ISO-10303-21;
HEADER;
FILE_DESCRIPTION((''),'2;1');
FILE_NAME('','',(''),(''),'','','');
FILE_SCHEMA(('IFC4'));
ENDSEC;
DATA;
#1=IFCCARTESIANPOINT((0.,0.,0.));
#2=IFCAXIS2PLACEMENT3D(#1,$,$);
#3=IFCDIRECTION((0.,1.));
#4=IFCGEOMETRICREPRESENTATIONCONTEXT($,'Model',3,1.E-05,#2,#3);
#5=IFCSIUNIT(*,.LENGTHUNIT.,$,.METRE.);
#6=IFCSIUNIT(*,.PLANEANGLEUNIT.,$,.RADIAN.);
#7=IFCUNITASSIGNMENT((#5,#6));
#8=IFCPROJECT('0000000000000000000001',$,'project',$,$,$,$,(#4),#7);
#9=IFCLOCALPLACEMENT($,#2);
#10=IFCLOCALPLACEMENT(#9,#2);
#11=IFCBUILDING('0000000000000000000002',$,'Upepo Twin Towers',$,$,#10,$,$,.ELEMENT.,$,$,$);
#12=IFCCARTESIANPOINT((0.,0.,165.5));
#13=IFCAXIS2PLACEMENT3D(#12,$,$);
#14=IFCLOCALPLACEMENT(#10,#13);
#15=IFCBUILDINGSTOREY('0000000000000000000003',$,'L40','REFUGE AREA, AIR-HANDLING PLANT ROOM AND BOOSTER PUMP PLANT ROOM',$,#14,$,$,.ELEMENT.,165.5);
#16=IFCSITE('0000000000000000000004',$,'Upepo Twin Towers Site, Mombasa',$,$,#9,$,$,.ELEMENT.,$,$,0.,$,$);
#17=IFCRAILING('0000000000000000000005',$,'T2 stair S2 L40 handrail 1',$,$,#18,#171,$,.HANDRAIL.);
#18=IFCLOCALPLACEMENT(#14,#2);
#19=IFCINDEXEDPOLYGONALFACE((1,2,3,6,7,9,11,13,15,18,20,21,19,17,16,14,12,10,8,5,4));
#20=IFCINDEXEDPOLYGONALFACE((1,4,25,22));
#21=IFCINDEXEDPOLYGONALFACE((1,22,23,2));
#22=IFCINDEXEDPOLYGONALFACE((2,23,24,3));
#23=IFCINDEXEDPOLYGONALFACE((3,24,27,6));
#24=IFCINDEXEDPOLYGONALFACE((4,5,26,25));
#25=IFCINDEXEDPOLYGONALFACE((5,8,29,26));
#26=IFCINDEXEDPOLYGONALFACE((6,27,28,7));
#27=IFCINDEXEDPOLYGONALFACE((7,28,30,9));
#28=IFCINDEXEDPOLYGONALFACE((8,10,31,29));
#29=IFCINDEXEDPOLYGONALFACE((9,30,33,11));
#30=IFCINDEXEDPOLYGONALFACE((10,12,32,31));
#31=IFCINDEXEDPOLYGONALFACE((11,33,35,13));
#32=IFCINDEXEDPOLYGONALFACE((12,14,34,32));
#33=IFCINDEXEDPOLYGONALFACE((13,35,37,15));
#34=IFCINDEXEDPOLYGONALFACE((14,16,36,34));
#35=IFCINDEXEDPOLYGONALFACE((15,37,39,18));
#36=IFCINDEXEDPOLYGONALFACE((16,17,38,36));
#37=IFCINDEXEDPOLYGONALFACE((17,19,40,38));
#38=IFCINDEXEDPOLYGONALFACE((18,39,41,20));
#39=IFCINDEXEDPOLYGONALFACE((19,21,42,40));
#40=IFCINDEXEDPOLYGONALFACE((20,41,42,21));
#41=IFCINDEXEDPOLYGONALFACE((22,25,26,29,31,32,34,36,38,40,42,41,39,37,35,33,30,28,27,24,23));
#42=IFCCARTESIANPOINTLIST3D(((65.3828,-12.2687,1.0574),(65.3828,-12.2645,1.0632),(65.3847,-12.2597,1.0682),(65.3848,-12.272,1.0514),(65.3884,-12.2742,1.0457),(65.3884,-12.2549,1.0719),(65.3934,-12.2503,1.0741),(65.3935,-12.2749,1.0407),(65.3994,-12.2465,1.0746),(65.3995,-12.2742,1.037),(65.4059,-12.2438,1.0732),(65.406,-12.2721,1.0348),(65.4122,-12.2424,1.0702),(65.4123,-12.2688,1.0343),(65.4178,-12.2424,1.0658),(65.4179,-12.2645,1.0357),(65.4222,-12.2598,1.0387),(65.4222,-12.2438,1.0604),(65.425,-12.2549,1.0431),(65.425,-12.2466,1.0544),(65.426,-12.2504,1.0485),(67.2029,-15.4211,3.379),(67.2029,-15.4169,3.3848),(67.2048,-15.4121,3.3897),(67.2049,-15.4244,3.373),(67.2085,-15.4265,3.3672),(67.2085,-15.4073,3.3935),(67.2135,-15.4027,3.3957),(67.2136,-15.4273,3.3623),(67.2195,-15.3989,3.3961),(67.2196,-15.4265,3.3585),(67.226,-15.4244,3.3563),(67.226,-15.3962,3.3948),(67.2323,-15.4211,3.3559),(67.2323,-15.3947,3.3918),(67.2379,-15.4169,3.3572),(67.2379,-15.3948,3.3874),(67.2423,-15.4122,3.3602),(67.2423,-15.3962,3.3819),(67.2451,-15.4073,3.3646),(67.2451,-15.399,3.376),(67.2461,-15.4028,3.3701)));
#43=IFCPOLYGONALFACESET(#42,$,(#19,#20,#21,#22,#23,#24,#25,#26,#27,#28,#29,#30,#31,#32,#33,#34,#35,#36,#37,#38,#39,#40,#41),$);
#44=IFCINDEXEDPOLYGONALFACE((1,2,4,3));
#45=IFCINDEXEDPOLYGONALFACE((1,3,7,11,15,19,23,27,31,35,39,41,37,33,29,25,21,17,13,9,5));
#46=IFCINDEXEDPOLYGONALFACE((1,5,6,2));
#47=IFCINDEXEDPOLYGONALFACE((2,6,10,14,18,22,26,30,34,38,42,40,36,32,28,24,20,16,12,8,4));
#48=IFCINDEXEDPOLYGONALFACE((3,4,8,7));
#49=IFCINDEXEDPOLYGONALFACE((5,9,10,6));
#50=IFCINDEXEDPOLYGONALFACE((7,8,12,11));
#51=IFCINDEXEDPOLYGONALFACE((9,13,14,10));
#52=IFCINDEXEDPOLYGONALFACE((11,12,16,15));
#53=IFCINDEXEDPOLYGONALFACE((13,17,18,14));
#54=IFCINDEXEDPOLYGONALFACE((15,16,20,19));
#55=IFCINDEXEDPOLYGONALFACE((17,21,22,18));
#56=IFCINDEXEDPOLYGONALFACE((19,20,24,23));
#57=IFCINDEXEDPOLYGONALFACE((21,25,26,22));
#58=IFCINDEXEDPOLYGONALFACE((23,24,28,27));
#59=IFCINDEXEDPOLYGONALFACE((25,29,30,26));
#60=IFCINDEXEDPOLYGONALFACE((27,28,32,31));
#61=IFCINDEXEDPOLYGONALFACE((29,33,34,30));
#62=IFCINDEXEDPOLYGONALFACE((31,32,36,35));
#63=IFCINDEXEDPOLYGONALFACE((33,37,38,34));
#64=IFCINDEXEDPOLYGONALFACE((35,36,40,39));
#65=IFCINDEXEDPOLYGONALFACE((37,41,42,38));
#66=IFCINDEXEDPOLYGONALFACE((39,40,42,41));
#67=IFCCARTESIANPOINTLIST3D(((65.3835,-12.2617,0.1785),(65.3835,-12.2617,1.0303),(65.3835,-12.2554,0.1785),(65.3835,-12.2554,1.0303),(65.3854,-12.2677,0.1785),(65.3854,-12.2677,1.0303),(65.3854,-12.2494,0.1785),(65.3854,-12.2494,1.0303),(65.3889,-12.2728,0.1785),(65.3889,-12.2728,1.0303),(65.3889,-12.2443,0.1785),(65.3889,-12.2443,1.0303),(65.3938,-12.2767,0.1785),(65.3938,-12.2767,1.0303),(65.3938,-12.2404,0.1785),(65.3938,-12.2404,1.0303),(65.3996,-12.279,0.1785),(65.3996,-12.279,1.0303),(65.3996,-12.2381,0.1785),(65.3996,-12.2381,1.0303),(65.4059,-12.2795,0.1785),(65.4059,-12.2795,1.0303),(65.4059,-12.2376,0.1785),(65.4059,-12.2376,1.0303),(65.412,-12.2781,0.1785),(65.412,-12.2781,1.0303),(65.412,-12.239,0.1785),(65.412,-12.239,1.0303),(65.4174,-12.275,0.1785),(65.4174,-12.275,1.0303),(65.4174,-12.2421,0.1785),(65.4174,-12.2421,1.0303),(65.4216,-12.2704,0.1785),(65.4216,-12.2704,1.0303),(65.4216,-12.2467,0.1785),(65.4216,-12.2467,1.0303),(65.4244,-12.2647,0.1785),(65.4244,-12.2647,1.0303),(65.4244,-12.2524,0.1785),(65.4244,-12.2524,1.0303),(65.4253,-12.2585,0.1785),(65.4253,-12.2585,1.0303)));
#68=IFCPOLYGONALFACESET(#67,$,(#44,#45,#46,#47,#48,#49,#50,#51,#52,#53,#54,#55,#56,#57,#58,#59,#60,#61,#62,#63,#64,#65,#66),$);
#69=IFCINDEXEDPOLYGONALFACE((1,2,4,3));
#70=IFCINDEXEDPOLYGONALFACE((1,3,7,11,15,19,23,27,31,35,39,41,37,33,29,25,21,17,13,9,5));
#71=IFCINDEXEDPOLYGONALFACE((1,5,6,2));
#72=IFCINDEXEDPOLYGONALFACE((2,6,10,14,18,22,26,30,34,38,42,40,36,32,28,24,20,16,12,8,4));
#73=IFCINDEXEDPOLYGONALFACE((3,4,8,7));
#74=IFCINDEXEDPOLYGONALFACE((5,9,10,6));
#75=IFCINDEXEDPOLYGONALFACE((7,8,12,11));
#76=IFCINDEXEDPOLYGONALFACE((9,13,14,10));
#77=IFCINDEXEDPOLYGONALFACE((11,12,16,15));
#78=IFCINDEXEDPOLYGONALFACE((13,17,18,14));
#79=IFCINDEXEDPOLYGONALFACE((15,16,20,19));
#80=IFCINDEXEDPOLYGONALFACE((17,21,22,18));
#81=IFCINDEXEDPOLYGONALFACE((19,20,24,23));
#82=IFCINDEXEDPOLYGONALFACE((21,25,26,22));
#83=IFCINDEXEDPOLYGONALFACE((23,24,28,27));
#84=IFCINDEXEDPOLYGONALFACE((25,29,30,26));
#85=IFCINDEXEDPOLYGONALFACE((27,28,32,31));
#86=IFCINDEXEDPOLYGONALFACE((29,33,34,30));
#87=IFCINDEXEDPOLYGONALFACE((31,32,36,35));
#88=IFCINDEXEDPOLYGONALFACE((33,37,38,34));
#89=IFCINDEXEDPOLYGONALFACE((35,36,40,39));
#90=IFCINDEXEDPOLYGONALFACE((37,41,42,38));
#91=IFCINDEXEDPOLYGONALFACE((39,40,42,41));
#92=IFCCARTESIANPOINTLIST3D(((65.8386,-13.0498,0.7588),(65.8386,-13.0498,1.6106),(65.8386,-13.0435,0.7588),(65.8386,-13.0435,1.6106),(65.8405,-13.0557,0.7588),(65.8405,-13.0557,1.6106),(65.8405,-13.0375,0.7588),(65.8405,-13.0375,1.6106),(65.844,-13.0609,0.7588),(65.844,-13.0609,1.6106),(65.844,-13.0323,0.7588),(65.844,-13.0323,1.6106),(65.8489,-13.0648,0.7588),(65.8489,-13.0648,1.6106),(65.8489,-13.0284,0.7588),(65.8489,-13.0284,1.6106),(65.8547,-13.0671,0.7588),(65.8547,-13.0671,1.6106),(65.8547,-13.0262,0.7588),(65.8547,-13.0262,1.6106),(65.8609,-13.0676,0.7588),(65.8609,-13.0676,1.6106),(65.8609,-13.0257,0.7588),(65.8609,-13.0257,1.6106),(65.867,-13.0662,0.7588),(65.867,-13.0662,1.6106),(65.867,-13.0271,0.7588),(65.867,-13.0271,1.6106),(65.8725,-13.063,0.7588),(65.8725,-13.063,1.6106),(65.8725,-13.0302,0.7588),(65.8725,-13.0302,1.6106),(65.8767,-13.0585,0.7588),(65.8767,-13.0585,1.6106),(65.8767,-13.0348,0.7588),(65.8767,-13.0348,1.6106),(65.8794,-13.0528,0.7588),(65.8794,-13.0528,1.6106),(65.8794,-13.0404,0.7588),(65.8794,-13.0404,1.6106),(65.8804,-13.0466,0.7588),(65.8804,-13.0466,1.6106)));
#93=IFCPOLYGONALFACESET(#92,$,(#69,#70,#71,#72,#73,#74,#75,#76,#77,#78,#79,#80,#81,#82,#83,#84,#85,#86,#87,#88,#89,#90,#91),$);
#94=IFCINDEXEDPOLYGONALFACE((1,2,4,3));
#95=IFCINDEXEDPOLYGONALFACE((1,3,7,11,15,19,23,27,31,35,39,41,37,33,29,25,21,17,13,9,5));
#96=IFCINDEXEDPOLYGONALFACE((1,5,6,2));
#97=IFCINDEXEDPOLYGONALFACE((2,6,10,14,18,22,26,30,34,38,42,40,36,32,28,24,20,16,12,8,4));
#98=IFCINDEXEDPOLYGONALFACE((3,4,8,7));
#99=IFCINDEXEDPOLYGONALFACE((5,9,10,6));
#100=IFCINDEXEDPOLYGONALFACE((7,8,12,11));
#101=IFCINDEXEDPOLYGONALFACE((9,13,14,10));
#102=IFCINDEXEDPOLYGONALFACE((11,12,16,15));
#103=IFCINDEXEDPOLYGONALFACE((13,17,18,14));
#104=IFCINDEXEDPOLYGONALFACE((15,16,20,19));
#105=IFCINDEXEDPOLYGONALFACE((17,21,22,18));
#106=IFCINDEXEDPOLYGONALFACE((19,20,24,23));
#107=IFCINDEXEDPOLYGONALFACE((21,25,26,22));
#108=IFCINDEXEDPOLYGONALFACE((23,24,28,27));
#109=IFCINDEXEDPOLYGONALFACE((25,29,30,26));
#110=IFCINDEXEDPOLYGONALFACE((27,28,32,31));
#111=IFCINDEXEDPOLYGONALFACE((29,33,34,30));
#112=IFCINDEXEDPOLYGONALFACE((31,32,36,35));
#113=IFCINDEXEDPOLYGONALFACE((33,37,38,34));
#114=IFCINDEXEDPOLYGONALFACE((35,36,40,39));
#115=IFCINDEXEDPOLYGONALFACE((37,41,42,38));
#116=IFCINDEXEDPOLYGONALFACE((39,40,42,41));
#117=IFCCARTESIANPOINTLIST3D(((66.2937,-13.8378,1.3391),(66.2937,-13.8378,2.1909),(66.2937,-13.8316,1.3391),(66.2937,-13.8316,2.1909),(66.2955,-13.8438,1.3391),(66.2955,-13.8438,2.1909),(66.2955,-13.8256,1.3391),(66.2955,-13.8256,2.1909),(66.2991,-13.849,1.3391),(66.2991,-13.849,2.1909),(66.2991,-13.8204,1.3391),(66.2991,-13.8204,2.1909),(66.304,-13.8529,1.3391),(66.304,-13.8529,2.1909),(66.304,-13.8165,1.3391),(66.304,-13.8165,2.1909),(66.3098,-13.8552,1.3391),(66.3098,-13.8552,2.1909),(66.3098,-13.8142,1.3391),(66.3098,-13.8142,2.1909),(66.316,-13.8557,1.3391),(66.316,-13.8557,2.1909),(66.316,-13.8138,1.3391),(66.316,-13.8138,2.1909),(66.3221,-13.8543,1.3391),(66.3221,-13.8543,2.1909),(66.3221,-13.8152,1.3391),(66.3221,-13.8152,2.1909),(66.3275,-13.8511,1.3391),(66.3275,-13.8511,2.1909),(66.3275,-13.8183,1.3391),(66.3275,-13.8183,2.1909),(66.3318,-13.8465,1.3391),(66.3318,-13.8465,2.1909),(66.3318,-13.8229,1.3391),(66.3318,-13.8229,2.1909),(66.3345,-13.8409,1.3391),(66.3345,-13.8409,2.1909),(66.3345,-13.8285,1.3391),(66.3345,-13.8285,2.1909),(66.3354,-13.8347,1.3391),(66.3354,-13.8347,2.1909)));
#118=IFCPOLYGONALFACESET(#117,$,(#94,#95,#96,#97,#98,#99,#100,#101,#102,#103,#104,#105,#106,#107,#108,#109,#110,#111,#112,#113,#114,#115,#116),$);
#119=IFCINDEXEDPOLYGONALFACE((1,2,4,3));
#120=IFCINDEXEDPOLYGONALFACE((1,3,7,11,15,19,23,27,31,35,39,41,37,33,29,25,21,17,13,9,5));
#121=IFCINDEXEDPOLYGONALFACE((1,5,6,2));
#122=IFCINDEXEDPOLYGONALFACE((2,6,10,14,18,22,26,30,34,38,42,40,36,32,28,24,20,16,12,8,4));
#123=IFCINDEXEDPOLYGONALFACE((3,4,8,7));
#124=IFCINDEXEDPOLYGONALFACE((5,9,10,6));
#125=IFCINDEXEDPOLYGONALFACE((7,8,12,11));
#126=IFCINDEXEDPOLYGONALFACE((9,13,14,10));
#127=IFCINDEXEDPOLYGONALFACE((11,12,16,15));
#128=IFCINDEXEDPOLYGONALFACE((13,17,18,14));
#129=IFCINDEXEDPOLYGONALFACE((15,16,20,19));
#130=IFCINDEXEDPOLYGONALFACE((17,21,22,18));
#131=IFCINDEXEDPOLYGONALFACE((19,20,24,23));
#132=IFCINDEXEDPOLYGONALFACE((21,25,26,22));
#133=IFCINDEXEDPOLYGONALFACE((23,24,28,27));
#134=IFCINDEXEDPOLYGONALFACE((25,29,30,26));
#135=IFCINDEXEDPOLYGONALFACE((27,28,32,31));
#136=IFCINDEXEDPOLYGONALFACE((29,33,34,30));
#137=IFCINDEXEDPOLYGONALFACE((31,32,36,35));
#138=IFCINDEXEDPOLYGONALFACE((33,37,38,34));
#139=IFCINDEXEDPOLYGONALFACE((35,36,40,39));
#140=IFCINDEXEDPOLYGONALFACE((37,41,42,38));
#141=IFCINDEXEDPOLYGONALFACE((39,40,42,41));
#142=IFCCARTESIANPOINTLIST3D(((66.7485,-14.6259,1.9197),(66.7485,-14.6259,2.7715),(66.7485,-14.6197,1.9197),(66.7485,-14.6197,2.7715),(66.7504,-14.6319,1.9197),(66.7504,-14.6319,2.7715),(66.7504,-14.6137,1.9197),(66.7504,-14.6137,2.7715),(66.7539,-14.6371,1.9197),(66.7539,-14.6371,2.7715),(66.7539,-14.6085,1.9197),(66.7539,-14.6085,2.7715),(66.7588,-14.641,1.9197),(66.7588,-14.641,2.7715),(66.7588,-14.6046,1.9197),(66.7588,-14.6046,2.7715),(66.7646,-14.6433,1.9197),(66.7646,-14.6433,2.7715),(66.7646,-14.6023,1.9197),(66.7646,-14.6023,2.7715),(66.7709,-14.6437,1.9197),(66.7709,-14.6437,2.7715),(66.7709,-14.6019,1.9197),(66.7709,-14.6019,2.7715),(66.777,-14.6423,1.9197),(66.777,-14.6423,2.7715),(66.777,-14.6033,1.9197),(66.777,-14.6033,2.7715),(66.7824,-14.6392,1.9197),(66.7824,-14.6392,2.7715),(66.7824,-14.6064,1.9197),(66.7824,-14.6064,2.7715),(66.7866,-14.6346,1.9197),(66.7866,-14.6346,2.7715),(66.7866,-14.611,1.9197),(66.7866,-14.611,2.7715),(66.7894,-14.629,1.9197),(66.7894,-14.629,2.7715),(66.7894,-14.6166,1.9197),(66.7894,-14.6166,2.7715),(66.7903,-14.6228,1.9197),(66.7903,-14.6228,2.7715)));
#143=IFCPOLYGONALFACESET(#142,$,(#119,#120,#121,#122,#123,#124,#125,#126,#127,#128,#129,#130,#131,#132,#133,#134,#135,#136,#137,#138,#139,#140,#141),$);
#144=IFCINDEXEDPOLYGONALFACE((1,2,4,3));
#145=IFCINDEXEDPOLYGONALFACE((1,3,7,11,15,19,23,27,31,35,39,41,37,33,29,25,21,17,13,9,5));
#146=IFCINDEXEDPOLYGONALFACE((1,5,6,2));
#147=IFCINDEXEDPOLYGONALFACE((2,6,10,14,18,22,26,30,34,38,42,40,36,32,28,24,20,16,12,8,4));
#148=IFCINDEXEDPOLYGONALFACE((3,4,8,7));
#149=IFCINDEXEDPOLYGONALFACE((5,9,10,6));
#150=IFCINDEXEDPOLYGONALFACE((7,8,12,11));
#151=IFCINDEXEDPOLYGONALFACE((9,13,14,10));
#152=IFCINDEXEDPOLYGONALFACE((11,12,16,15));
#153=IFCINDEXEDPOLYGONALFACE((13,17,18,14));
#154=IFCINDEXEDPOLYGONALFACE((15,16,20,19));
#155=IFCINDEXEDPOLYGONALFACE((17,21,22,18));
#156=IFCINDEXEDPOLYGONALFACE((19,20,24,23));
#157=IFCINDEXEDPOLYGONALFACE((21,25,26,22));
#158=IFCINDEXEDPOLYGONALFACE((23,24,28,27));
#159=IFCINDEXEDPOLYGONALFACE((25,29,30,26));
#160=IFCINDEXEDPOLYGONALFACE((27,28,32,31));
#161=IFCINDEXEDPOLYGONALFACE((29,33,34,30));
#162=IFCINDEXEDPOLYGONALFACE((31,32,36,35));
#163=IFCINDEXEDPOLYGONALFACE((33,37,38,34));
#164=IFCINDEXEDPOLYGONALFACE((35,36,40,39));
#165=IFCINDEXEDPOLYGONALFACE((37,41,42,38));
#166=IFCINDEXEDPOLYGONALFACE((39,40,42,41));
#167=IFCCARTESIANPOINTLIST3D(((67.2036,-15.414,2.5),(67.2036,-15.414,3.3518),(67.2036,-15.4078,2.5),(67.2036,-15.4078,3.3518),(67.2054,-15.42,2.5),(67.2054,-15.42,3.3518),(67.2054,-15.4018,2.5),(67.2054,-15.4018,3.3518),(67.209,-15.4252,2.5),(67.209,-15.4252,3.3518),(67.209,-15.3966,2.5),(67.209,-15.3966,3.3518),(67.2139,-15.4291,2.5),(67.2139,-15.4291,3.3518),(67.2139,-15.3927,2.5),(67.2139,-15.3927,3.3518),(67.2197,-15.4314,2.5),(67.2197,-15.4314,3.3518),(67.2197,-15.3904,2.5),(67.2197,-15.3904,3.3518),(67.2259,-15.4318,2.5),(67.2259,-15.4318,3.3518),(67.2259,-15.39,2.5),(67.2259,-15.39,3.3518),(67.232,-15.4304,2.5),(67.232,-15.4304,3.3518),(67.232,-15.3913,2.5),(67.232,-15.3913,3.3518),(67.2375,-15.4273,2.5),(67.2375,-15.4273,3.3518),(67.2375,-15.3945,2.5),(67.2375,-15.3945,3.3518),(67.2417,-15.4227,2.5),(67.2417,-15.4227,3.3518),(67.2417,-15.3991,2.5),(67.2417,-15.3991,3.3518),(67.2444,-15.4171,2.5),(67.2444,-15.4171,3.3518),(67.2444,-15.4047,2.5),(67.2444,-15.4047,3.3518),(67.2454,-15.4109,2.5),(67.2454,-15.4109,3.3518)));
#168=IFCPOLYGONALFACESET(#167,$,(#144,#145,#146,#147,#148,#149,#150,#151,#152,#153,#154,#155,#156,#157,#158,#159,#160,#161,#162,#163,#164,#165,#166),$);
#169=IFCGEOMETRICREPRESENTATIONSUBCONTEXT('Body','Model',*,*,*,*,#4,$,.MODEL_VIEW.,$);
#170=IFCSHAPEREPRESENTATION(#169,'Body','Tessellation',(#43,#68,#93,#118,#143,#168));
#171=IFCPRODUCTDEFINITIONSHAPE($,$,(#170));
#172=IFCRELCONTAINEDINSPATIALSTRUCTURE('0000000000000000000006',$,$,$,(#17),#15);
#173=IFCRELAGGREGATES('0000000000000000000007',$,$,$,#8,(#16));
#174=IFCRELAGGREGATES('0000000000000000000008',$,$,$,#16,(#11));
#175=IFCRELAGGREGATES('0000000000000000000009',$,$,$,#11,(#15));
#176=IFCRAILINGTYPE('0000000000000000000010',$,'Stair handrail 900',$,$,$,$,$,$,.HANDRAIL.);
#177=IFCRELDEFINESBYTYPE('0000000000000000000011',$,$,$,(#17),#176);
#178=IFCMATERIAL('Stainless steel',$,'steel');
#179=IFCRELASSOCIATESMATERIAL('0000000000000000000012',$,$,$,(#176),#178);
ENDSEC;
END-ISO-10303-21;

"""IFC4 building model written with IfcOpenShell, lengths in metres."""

from ifc_helpers import new_model, si_unit, direction, frame, origin, origin_2d, place, context, subcontext, project, spatial, circle, extrude, material, type_object, element, save


model = new_model("IFC4")

# Units and contexts
model_context = context("Model", 3, precision=1e-05, world=origin(), true_north=direction((0.0, 1.0)))
body_context = subcontext(model_context, "Body", "Model", "MODEL_VIEW")
ifc_project = project(units=[si_unit("LENGTHUNIT", "METRE"), si_unit("PLANEANGLEUNIT", "RADIAN")], contexts=[model_context])

# Site, building, storey
site_placement = place(None, origin())
site = spatial("IfcSite", under=ifc_project, at=site_placement, Name="Upepo Twin Towers Site, Mombasa", CompositionType="ELEMENT", RefElevation=0.0)
building_placement = place(site_placement, origin())
building = spatial("IfcBuilding", under=site, at=building_placement, Name="Upepo Twin Towers", CompositionType="ELEMENT")
storey_placement = place(building_placement, frame((0.0, 0.0, 165.5)))
storey = spatial("IfcBuildingStorey", under=building, at=storey_placement, Name="L40", Description="REFUGE AREA, AIR-HANDLING PLANT ROOM AND BOOSTER PUMP PLANT ROOM", CompositionType="ELEMENT", Elevation=165.5)

# Railing
ifc_material_1 = material(Name="Stainless steel", Category="steel")
railing_type_1 = type_object("IfcRailingType", Name="Stair handrail 900", PredefinedType="HANDRAIL", material=ifc_material_1)
railing_1_placement = place(storey_placement, frame((65.4043, -12.2585, 0.1785)))
element("IfcRailing", 1, at=railing_1_placement, inside=storey, type_object=railing_type_1, Name="T2 stair S2 L40 handrail 1", PredefinedType="HANDRAIL", context=body_context, shape_type="SweptSolid", body=[
    extrude(circle(Radius=0.0239, at=origin_2d()), frame((0.0, 0.0, 0.876), z_axis=(0.421572, -0.730159, 0.537723), x_axis=(0.866018, 0.500013, 0.0)), (0.0, 0.0, 1.0), 4.3174),
    extrude(circle(Radius=0.021, at=origin_2d()), origin(), (0.0, 0.0, 1.0), 0.8518),
    extrude(circle(Radius=0.021, at=origin_2d()), frame((0.4551, -0.7881, 0.5803)), (0.0, 0.0, 1.0), 0.8518),
    extrude(circle(Radius=0.021, at=origin_2d()), frame((0.9102, -1.5762, 1.1606)), (0.0, 0.0, 1.0), 0.8518),
    extrude(circle(Radius=0.021, at=origin_2d()), frame((1.365, -2.3643, 1.7412)), (0.0, 0.0, 1.0), 0.8518),
    extrude(circle(Radius=0.021, at=origin_2d()), frame((1.8201, -3.1523, 2.3215)), (0.0, 0.0, 1.0), 0.8518),
])

save(model, "model.ifc")
